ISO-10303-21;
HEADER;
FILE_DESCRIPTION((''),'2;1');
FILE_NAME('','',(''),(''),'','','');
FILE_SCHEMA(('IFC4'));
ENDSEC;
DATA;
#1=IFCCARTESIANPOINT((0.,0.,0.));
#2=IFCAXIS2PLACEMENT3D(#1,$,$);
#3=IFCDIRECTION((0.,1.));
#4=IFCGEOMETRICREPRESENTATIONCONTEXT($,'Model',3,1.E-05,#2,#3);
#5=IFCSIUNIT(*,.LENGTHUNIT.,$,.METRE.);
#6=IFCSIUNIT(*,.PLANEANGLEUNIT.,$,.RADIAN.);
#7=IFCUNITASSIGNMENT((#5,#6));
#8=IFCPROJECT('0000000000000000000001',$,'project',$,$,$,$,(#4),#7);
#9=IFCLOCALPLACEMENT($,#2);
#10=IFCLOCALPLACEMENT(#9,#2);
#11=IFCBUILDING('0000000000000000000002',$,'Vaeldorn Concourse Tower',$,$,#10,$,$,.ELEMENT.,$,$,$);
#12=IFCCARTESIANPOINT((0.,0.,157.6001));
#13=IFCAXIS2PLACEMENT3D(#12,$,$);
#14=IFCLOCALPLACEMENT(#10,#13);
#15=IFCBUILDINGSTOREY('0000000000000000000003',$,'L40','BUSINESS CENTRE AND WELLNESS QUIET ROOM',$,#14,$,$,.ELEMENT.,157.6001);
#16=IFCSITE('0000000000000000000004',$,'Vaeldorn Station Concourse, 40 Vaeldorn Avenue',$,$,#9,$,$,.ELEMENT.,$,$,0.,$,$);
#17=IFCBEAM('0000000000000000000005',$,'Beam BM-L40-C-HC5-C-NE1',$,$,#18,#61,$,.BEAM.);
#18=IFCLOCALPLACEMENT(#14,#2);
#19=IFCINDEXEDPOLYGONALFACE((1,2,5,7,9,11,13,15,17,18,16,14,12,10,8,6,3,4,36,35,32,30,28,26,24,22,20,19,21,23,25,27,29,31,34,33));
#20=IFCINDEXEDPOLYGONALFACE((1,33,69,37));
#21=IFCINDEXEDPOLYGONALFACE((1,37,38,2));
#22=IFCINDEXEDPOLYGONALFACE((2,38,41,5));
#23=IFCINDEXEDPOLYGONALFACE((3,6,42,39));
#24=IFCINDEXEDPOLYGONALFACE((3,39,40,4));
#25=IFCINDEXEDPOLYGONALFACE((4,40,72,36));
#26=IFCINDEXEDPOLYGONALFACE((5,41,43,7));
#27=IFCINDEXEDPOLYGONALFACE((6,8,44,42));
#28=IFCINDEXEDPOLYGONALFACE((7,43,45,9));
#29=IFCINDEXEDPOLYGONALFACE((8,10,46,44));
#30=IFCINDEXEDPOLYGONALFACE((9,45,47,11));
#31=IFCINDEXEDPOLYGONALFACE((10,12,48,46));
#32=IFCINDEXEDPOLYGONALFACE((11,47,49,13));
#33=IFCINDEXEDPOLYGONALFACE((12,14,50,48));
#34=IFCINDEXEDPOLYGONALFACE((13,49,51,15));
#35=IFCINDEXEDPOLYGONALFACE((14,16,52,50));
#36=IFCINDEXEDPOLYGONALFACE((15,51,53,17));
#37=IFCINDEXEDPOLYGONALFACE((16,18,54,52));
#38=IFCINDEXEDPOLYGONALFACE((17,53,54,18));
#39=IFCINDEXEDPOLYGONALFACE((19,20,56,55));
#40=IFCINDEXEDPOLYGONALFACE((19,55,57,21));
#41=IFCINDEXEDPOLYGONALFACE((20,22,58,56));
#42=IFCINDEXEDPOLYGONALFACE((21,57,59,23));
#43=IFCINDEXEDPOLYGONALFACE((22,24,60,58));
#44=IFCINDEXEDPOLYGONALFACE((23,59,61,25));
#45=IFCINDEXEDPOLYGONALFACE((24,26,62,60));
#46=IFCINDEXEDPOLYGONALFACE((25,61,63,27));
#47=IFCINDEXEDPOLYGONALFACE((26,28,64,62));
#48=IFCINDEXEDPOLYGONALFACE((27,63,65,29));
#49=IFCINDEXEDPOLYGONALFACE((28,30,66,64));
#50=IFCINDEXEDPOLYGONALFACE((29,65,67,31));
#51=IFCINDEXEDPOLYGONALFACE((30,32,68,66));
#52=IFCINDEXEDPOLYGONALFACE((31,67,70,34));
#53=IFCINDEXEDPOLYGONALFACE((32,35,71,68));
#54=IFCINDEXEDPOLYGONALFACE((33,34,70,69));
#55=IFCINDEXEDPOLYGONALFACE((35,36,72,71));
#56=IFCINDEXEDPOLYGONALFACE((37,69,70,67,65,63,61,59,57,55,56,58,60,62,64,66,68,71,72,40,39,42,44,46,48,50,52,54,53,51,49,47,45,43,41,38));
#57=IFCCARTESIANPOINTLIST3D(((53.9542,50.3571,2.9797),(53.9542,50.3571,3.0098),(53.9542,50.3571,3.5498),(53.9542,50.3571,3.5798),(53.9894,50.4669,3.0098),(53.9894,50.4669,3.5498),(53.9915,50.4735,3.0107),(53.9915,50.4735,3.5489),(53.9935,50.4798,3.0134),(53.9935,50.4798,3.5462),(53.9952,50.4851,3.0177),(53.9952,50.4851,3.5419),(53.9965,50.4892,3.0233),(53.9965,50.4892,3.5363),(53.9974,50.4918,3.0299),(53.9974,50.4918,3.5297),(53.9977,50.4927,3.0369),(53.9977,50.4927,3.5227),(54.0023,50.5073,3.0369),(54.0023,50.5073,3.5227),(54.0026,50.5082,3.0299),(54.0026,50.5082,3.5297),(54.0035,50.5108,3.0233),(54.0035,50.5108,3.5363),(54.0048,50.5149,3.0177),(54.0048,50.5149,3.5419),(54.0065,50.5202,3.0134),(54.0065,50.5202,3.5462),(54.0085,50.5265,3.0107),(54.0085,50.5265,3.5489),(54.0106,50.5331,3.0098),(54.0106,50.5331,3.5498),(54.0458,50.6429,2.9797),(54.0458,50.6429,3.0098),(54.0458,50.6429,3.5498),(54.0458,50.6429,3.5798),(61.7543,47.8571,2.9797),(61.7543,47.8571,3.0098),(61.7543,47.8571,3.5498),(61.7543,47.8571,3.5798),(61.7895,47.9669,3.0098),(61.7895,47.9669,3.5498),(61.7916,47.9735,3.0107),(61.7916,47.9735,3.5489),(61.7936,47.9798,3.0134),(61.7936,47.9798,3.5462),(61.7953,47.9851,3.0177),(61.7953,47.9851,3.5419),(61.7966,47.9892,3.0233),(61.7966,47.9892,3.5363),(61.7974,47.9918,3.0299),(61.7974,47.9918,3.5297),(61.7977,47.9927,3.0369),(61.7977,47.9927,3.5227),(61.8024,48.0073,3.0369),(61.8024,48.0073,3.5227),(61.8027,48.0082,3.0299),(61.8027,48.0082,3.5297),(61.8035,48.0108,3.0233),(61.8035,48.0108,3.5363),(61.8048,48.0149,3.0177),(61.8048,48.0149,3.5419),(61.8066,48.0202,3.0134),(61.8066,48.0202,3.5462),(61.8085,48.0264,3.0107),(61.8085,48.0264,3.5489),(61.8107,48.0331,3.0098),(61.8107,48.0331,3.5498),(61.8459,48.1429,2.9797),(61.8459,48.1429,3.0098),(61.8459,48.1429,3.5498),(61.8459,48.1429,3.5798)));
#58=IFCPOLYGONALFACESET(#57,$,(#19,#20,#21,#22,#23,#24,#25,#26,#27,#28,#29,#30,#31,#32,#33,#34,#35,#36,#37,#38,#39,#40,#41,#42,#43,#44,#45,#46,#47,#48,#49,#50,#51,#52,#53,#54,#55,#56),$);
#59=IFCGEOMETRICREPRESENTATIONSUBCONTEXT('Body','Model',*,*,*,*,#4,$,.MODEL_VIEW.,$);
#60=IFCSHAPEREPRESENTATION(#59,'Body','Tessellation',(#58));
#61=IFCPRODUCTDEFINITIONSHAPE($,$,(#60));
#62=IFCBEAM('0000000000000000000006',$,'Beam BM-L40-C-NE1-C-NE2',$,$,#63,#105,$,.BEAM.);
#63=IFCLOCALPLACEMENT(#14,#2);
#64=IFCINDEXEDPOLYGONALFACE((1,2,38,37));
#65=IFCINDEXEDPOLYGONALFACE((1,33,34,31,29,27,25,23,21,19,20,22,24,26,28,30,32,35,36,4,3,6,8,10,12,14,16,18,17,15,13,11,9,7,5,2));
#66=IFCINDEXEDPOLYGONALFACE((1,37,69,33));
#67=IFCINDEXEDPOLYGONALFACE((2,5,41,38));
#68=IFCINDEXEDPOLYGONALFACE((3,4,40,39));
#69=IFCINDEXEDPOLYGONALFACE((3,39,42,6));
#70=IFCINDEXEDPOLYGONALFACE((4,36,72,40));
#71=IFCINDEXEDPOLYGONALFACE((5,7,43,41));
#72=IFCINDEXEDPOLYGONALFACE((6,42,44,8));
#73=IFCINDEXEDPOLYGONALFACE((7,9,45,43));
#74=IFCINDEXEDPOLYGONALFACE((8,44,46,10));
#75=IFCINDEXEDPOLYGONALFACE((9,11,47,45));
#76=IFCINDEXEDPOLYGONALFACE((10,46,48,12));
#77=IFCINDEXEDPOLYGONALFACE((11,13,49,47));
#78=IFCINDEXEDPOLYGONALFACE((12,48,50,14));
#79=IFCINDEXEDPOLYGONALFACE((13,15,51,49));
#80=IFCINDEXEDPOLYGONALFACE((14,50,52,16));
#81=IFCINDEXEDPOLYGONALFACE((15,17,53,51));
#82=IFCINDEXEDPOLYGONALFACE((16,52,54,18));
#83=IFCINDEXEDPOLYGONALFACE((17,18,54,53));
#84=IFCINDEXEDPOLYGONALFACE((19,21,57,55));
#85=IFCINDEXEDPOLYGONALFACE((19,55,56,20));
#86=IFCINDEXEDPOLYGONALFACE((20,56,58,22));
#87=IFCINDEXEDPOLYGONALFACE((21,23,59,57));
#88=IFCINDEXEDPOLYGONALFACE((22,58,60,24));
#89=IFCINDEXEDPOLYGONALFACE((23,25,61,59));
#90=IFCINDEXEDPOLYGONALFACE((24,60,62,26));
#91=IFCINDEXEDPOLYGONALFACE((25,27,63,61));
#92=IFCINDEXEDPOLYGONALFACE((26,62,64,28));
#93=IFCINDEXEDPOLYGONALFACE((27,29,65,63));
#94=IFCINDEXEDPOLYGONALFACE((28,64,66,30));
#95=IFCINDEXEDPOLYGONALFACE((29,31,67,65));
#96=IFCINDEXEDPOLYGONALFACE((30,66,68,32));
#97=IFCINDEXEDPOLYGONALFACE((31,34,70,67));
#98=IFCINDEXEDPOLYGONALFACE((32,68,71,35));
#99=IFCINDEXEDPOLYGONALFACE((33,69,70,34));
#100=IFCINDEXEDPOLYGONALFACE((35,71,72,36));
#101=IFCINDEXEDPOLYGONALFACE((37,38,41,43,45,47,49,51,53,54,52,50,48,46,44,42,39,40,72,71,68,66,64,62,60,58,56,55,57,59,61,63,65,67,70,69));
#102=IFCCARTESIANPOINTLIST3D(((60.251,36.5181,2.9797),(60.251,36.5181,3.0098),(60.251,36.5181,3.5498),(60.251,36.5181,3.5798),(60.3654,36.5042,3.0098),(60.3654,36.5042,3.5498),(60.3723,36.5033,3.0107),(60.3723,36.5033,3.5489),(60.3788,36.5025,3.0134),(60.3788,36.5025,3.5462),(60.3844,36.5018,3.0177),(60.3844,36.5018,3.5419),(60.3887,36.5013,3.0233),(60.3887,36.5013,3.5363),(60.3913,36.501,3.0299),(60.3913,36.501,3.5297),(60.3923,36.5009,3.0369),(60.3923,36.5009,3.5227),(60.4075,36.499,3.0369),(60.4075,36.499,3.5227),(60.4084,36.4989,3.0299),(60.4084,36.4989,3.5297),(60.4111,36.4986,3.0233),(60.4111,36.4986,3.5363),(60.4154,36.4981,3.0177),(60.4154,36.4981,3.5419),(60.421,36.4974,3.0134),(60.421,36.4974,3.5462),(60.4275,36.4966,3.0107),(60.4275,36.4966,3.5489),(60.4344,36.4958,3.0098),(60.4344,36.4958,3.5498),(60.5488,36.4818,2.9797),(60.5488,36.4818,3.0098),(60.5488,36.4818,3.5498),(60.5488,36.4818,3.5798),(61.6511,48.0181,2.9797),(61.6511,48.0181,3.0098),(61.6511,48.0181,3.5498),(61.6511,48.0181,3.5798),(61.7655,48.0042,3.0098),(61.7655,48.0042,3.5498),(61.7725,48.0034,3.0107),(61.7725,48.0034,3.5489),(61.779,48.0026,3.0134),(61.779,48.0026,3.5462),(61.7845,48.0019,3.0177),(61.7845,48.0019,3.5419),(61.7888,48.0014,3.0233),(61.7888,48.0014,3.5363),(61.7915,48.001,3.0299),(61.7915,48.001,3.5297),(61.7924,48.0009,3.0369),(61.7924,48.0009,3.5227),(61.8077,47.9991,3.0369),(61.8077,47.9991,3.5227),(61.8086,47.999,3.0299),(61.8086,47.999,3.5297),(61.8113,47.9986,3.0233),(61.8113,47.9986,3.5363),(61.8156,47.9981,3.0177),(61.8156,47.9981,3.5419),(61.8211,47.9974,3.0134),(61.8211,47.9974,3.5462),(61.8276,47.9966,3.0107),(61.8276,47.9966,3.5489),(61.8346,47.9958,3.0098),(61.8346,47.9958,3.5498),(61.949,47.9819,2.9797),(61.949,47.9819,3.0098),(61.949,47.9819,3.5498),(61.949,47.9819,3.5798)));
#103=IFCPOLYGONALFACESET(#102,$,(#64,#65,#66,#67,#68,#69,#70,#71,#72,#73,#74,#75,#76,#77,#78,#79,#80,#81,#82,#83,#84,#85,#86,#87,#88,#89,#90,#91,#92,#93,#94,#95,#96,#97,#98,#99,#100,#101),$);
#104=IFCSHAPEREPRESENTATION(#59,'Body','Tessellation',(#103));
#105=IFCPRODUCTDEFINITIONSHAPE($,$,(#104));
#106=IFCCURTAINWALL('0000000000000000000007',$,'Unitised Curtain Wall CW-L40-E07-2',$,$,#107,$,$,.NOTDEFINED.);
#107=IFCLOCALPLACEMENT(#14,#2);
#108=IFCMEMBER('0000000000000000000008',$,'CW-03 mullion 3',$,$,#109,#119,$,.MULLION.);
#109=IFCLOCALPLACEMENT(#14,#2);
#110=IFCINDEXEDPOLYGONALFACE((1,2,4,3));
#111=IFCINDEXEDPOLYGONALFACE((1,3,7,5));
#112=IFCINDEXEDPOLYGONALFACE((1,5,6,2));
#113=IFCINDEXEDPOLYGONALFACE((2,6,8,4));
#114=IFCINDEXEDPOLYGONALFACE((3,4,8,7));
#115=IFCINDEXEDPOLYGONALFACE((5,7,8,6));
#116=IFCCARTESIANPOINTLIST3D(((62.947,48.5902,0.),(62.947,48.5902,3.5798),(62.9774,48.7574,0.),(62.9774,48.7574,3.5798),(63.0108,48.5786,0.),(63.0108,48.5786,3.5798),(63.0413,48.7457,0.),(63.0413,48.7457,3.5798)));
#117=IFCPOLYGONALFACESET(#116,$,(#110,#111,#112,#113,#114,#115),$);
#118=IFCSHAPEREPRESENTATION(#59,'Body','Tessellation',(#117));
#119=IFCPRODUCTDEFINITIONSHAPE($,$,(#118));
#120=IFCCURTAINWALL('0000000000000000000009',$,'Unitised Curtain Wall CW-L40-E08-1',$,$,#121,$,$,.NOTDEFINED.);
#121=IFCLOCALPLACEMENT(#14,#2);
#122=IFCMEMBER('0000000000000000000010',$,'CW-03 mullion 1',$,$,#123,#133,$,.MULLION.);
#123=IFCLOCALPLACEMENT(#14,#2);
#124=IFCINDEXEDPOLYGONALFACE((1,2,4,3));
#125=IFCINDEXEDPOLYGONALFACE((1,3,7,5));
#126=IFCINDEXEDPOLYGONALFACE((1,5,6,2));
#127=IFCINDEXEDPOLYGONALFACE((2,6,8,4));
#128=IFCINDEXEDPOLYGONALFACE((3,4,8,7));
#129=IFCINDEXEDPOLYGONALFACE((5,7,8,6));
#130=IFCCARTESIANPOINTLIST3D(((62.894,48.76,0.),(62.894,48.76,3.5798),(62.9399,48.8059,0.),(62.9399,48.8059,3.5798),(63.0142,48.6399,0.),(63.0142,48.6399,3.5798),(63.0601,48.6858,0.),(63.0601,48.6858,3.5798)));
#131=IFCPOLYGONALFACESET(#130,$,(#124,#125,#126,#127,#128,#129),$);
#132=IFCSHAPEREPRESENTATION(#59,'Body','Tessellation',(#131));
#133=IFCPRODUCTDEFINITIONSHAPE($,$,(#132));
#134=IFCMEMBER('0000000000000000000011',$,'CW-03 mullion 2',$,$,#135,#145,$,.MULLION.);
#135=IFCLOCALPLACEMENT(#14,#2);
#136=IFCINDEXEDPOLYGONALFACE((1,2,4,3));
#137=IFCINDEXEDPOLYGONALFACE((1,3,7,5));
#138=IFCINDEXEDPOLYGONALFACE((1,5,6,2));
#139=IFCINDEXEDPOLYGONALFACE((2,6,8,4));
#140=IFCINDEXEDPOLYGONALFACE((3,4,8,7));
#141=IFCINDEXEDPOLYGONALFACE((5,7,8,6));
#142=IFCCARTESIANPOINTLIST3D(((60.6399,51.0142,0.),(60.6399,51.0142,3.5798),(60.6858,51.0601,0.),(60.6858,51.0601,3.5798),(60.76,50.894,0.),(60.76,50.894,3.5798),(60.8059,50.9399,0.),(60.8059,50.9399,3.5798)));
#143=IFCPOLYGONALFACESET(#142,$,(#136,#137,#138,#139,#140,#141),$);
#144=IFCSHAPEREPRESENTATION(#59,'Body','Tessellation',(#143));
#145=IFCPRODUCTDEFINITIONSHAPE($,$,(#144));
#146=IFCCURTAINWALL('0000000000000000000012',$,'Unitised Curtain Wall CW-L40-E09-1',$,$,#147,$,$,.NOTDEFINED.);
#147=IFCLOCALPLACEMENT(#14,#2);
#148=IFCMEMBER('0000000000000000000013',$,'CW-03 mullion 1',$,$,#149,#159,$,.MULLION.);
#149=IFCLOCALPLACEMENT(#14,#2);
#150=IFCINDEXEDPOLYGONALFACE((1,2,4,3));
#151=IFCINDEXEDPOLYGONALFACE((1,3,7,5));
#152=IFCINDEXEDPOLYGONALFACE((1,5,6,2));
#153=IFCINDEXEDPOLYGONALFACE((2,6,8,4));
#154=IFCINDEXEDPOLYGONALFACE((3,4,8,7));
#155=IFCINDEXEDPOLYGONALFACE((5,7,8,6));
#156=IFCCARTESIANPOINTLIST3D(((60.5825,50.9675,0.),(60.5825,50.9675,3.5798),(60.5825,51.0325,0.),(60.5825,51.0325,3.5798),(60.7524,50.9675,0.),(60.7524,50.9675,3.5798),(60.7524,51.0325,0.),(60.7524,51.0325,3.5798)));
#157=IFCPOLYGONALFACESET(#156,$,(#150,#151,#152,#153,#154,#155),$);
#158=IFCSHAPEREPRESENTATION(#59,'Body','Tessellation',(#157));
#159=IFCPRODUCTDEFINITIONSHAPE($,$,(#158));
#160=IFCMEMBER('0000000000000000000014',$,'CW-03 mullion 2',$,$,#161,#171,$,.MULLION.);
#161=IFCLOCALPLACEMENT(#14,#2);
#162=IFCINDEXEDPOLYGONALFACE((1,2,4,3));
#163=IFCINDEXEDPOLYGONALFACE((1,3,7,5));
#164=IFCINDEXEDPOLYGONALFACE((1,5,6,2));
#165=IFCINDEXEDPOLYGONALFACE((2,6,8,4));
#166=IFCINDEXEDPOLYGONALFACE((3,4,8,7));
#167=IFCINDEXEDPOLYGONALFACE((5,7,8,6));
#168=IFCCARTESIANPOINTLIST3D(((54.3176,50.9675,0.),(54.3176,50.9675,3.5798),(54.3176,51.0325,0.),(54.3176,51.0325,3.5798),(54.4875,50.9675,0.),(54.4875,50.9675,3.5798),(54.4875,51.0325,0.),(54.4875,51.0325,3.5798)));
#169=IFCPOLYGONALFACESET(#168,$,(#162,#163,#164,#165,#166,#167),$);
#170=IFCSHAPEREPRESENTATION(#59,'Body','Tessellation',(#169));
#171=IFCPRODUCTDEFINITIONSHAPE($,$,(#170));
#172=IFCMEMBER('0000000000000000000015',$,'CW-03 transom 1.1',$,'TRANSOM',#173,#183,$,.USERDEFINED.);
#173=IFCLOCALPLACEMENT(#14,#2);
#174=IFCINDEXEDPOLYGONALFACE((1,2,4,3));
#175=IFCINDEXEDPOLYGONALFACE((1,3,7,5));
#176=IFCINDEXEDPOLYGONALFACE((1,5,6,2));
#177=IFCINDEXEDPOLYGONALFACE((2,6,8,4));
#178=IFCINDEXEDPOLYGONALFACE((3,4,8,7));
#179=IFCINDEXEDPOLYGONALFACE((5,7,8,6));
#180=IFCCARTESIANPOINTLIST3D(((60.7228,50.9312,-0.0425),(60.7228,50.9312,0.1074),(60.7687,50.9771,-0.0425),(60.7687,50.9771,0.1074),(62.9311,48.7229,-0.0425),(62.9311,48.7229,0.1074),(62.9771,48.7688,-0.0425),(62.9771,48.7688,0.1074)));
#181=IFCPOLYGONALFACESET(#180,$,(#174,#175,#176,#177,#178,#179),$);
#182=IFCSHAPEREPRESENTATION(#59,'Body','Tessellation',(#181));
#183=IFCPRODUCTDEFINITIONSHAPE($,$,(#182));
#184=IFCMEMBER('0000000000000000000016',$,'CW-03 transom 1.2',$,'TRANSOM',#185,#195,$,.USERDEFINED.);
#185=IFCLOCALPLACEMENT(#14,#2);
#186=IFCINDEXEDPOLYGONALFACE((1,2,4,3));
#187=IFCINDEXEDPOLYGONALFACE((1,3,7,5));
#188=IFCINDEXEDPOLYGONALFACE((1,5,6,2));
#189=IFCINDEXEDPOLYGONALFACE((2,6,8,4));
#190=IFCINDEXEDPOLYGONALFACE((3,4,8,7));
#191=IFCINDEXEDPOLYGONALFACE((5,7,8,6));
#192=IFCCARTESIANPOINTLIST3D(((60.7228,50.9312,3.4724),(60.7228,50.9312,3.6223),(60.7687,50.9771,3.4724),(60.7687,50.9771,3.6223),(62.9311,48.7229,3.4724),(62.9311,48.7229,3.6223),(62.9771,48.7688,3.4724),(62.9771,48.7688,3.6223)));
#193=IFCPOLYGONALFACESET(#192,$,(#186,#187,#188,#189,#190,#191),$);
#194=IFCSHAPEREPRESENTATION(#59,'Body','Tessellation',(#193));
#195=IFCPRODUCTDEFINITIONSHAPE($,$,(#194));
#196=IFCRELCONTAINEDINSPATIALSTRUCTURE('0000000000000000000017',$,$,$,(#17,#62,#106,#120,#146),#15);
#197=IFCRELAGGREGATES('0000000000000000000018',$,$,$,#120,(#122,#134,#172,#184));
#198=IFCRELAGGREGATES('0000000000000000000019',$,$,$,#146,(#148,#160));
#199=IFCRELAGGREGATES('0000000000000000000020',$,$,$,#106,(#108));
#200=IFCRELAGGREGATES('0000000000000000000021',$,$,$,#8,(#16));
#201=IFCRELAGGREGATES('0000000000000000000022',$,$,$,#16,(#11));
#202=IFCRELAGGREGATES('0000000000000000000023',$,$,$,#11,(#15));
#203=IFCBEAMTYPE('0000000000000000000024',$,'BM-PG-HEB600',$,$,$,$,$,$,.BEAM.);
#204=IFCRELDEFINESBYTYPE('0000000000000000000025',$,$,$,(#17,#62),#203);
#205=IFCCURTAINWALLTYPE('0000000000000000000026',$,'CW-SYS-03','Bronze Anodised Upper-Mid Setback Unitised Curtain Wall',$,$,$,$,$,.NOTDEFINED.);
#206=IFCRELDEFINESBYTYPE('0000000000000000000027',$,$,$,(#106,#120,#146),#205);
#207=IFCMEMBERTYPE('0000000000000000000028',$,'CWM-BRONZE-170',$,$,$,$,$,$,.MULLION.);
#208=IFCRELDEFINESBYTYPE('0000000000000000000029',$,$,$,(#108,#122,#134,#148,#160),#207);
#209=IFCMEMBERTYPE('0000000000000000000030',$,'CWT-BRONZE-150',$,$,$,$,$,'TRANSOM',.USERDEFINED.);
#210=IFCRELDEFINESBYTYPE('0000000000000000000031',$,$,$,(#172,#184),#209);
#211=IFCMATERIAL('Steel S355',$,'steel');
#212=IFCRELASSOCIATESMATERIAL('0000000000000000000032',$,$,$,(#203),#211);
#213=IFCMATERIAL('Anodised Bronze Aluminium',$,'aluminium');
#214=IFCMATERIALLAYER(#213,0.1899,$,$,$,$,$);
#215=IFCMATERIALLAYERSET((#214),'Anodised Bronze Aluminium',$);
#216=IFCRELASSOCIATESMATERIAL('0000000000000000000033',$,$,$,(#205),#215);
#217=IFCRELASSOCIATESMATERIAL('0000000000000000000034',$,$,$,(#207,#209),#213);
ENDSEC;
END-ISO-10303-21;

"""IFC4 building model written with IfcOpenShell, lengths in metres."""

from ifc_helpers import new_model, si_unit, direction, frame, origin, origin_2d, place, context, subcontext, project, spatial, rectangle, i_section, extrude, source, transform, mapped, material, layer, layer_set, material_profile, profile_set, type_object, element, aggregate, save


model = new_model("IFC4")

# Units and contexts
model_context = context("Model", 3, precision=1e-05, world=origin(), true_north=direction((0.0, 1.0)))
body_context = subcontext(model_context, "Body", "Model", "MODEL_VIEW")
ifc_project = project(units=[si_unit("LENGTHUNIT", "METRE"), si_unit("PLANEANGLEUNIT", "RADIAN")], contexts=[model_context])

# Site, building, storey
site_placement = place(None, origin())
site = spatial("IfcSite", under=ifc_project, at=site_placement, Name="Vaeldorn Station Concourse, 40 Vaeldorn Avenue", CompositionType="ELEMENT", RefElevation=0.0)
building_placement = place(site_placement, origin())
building = spatial("IfcBuilding", under=site, at=building_placement, Name="Vaeldorn Concourse Tower", CompositionType="ELEMENT")
storey_placement = place(building_placement, frame((0.0, 0.0, 157.6001)))
storey = spatial("IfcBuildingStorey", under=building, at=storey_placement, Name="L40", Description="BUSINESS CENTRE AND WELLNESS QUIET ROOM", CompositionType="ELEMENT", Elevation=157.6001)

# Beams
ifc_material_1 = material(Name="Steel S355", Category="steel")
ifc_material_profile_1 = material_profile(ifc_material_1, i_section(OverallWidth=0.3, OverallDepth=0.6001, WebThickness=0.0154, FlangeThickness=0.03, FilletRadius=0.0271, at=origin_2d()), Name="HEB 600")
ifc_profile_set_1 = profile_set([ifc_material_profile_1], Name="Steel S355")
beam_type_1 = type_object("IfcBeamType", Name="BM-PG-HEB600", PredefinedType="BEAM", material=ifc_profile_set_1)
shared_shape_1 = source(origin(), body_context, "Body", "SweptSolid", [
    extrude(i_section(OverallWidth=0.3, OverallDepth=0.6001, WebThickness=0.0154, FlangeThickness=0.03, FilletRadius=0.0271, at=origin_2d()), origin(), (0.0, 0.0, 1.0), 8.1909),
])
beam_1_placement = place(storey_placement, frame((54.0, 50.5, 3.2798), z_axis=(0.952283, -0.305217, 0.0), x_axis=(0.305217, 0.952283, 0.0)))
element("IfcBeam", 1, at=beam_1_placement, inside=storey, type_object=beam_type_1, Name="Beam BM-L40-C-HC5-C-NE1", PredefinedType="BEAM", context=body_context, shape_type="MappedRepresentation", body=[
    mapped(shared_shape_1, transform((0.0, 0.0, 0.0), scale=1.0)),
])
shared_shape_2 = source(origin(), body_context, "Body", "SweptSolid", [
    extrude(i_section(OverallWidth=0.3, OverallDepth=0.6001, WebThickness=0.0154, FlangeThickness=0.03, FilletRadius=0.0271, at=origin_2d()), origin(), (0.0, 0.0, 1.0), 11.585),
])
beam_2_placement = place(storey_placement, frame((61.8, 48.0, 3.2798), z_axis=(-0.120859, -0.99267, 0.0), x_axis=(0.99267, -0.120859, 0.0)))
element("IfcBeam", 2, at=beam_2_placement, inside=storey, type_object=beam_type_1, Name="Beam BM-L40-C-NE1-C-NE2", PredefinedType="BEAM", context=body_context, shape_type="MappedRepresentation", body=[
    mapped(shared_shape_2, transform((0.0, 0.0, 0.0), scale=1.0)),
])

# Curtain wall, member
ifc_material_2 = material(Name="Anodised Bronze Aluminium", Category="aluminium")
ifc_layer_1 = layer(ifc_material_2, 0.1899)
ifc_layer_set_1 = layer_set([ifc_layer_1], Name="Anodised Bronze Aluminium")
curtain_wall_type = type_object("IfcCurtainWallType", Name="CW-SYS-03", Description="Bronze Anodised Upper-Mid Setback Unitised Curtain Wall", PredefinedType="NOTDEFINED", material=ifc_layer_set_1)
curtain_wall_1_placement = place(storey_placement, origin())
curtain_wall_1 = element("IfcCurtainWall", 3, at=curtain_wall_1_placement, inside=storey, type_object=curtain_wall_type, Name="Unitised Curtain Wall CW-L40-E07-2", PredefinedType="NOTDEFINED")
ifc_material_profile_2 = material_profile(ifc_material_2, rectangle(XDim=0.0649, YDim=0.1699, at=origin_2d()), Name="CWM 65x170")
ifc_profile_set_2 = profile_set([ifc_material_profile_2], Name="Anodised Bronze Aluminium")
member_type_1 = type_object("IfcMemberType", Name="CWM-BRONZE-170", PredefinedType="MULLION", material=ifc_profile_set_2)
shared_shape_3 = source(origin(), body_context, "Body", "SweptSolid", [
    extrude(rectangle(XDim=0.0649, YDim=0.1699, at=origin_2d()), origin(), (0.0, 0.0, 1.0), 3.5798),
])
member_1_placement = place(storey_placement, frame((62.9941, 48.668, 0.0), z_axis=(0.0, 0.0, 1.0), x_axis=(-0.983768, 0.179447, 0.0)))
member_1 = element("IfcMember", 4, at=member_1_placement, type_object=member_type_1, Name="CW-03 mullion 3", PredefinedType="MULLION", context=body_context, shape_type="MappedRepresentation", body=[
    mapped(shared_shape_3, transform((0.0, 0.0, 0.0), scale=1.0)),
])

# Curtain walls, members
curtain_wall_2_placement = place(storey_placement, origin())
curtain_wall_2 = element("IfcCurtainWall", 5, at=curtain_wall_2_placement, inside=storey, type_object=curtain_wall_type, Name="Unitised Curtain Wall CW-L40-E08-1", PredefinedType="NOTDEFINED")
member_2_placement = place(storey_placement, frame((62.9771, 48.7229, 0.0), z_axis=(0.0, 0.0, 1.0), x_axis=(-0.707107, -0.707107, 0.0)))
member_2 = element("IfcMember", 6, at=member_2_placement, type_object=member_type_1, Name="CW-03 mullion 1", PredefinedType="MULLION", context=body_context, shape_type="MappedRepresentation", body=[
    mapped(shared_shape_3, transform((0.0, 0.0, 0.0), scale=1.0)),
])
member_3_placement = place(storey_placement, frame((60.7229, 50.9771, 0.0), z_axis=(0.0, 0.0, 1.0), x_axis=(-0.707107, -0.707107, 0.0)))
member_3 = element("IfcMember", 7, at=member_3_placement, type_object=member_type_1, Name="CW-03 mullion 2", PredefinedType="MULLION", context=body_context, shape_type="MappedRepresentation", body=[
    mapped(shared_shape_3, transform((0.0, 0.0, 0.0), scale=1.0)),
])
curtain_wall_3_placement = place(storey_placement, origin())
curtain_wall_3 = element("IfcCurtainWall", 8, at=curtain_wall_3_placement, inside=storey, type_object=curtain_wall_type, Name="Unitised Curtain Wall CW-L40-E09-1", PredefinedType="NOTDEFINED")
member_4_placement = place(storey_placement, frame((60.6675, 51.0, 0.0), z_axis=(0.0, 0.0, 1.0), x_axis=(0.0, -1.0, 0.0)))
member_4 = element("IfcMember", 9, at=member_4_placement, type_object=member_type_1, Name="CW-03 mullion 1", PredefinedType="MULLION", context=body_context, shape_type="MappedRepresentation", body=[
    mapped(shared_shape_3, transform((0.0, 0.0, 0.0), scale=1.0)),
])
member_5_placement = place(storey_placement, frame((54.4026, 51.0, 0.0), z_axis=(0.0, 0.0, 1.0), x_axis=(0.0, -1.0, 0.0)))
member_5 = element("IfcMember", 10, at=member_5_placement, type_object=member_type_1, Name="CW-03 mullion 2", PredefinedType="MULLION", context=body_context, shape_type="MappedRepresentation", body=[
    mapped(shared_shape_3, transform((0.0, 0.0, 0.0), scale=1.0)),
])

# Members
ifc_material_profile_3 = material_profile(ifc_material_2, rectangle(XDim=0.0649, YDim=0.1499, at=origin_2d()), Name="CWT 65x150")
ifc_profile_set_3 = profile_set([ifc_material_profile_3], Name="Anodised Bronze Aluminium")
member_type_2 = type_object("IfcMemberType", Name="CWT-BRONZE-150", ElementType="TRANSOM", PredefinedType="USERDEFINED", material=ifc_profile_set_3)
shared_shape_4 = source(origin(), body_context, "Body", "SweptSolid", [
    extrude(rectangle(XDim=0.0649, YDim=0.1499, at=origin_2d()), origin(), (0.0, 0.0, 1.0), 3.123),
])
member_6_placement = place(storey_placement, frame((62.9541, 48.7458, 0.0325), z_axis=(-0.707107, 0.707107, 0.0), x_axis=(-0.707107, -0.707107, 0.0)))
member_6 = element("IfcMember", 11, at=member_6_placement, type_object=member_type_2, Name="CW-03 transom 1.1", ObjectType="TRANSOM", PredefinedType="USERDEFINED", context=body_context, shape_type="MappedRepresentation", body=[
    mapped(shared_shape_4, transform((0.0, 0.0, 0.0), scale=1.0)),
])
member_7_placement = place(storey_placement, frame((62.9541, 48.7458, 3.5474), z_axis=(-0.707107, 0.707107, 0.0), x_axis=(-0.707107, -0.707107, 0.0)))
member_7 = element("IfcMember", 12, at=member_7_placement, type_object=member_type_2, Name="CW-03 transom 1.2", ObjectType="TRANSOM", PredefinedType="USERDEFINED", context=body_context, shape_type="MappedRepresentation", body=[
    mapped(shared_shape_4, transform((0.0, 0.0, 0.0), scale=1.0)),
])

aggregate(curtain_wall_2, [member_2, member_3, member_6, member_7])
aggregate(curtain_wall_3, [member_4, member_5])
aggregate(curtain_wall_1, [member_1])

save(model, "model.ifc")
